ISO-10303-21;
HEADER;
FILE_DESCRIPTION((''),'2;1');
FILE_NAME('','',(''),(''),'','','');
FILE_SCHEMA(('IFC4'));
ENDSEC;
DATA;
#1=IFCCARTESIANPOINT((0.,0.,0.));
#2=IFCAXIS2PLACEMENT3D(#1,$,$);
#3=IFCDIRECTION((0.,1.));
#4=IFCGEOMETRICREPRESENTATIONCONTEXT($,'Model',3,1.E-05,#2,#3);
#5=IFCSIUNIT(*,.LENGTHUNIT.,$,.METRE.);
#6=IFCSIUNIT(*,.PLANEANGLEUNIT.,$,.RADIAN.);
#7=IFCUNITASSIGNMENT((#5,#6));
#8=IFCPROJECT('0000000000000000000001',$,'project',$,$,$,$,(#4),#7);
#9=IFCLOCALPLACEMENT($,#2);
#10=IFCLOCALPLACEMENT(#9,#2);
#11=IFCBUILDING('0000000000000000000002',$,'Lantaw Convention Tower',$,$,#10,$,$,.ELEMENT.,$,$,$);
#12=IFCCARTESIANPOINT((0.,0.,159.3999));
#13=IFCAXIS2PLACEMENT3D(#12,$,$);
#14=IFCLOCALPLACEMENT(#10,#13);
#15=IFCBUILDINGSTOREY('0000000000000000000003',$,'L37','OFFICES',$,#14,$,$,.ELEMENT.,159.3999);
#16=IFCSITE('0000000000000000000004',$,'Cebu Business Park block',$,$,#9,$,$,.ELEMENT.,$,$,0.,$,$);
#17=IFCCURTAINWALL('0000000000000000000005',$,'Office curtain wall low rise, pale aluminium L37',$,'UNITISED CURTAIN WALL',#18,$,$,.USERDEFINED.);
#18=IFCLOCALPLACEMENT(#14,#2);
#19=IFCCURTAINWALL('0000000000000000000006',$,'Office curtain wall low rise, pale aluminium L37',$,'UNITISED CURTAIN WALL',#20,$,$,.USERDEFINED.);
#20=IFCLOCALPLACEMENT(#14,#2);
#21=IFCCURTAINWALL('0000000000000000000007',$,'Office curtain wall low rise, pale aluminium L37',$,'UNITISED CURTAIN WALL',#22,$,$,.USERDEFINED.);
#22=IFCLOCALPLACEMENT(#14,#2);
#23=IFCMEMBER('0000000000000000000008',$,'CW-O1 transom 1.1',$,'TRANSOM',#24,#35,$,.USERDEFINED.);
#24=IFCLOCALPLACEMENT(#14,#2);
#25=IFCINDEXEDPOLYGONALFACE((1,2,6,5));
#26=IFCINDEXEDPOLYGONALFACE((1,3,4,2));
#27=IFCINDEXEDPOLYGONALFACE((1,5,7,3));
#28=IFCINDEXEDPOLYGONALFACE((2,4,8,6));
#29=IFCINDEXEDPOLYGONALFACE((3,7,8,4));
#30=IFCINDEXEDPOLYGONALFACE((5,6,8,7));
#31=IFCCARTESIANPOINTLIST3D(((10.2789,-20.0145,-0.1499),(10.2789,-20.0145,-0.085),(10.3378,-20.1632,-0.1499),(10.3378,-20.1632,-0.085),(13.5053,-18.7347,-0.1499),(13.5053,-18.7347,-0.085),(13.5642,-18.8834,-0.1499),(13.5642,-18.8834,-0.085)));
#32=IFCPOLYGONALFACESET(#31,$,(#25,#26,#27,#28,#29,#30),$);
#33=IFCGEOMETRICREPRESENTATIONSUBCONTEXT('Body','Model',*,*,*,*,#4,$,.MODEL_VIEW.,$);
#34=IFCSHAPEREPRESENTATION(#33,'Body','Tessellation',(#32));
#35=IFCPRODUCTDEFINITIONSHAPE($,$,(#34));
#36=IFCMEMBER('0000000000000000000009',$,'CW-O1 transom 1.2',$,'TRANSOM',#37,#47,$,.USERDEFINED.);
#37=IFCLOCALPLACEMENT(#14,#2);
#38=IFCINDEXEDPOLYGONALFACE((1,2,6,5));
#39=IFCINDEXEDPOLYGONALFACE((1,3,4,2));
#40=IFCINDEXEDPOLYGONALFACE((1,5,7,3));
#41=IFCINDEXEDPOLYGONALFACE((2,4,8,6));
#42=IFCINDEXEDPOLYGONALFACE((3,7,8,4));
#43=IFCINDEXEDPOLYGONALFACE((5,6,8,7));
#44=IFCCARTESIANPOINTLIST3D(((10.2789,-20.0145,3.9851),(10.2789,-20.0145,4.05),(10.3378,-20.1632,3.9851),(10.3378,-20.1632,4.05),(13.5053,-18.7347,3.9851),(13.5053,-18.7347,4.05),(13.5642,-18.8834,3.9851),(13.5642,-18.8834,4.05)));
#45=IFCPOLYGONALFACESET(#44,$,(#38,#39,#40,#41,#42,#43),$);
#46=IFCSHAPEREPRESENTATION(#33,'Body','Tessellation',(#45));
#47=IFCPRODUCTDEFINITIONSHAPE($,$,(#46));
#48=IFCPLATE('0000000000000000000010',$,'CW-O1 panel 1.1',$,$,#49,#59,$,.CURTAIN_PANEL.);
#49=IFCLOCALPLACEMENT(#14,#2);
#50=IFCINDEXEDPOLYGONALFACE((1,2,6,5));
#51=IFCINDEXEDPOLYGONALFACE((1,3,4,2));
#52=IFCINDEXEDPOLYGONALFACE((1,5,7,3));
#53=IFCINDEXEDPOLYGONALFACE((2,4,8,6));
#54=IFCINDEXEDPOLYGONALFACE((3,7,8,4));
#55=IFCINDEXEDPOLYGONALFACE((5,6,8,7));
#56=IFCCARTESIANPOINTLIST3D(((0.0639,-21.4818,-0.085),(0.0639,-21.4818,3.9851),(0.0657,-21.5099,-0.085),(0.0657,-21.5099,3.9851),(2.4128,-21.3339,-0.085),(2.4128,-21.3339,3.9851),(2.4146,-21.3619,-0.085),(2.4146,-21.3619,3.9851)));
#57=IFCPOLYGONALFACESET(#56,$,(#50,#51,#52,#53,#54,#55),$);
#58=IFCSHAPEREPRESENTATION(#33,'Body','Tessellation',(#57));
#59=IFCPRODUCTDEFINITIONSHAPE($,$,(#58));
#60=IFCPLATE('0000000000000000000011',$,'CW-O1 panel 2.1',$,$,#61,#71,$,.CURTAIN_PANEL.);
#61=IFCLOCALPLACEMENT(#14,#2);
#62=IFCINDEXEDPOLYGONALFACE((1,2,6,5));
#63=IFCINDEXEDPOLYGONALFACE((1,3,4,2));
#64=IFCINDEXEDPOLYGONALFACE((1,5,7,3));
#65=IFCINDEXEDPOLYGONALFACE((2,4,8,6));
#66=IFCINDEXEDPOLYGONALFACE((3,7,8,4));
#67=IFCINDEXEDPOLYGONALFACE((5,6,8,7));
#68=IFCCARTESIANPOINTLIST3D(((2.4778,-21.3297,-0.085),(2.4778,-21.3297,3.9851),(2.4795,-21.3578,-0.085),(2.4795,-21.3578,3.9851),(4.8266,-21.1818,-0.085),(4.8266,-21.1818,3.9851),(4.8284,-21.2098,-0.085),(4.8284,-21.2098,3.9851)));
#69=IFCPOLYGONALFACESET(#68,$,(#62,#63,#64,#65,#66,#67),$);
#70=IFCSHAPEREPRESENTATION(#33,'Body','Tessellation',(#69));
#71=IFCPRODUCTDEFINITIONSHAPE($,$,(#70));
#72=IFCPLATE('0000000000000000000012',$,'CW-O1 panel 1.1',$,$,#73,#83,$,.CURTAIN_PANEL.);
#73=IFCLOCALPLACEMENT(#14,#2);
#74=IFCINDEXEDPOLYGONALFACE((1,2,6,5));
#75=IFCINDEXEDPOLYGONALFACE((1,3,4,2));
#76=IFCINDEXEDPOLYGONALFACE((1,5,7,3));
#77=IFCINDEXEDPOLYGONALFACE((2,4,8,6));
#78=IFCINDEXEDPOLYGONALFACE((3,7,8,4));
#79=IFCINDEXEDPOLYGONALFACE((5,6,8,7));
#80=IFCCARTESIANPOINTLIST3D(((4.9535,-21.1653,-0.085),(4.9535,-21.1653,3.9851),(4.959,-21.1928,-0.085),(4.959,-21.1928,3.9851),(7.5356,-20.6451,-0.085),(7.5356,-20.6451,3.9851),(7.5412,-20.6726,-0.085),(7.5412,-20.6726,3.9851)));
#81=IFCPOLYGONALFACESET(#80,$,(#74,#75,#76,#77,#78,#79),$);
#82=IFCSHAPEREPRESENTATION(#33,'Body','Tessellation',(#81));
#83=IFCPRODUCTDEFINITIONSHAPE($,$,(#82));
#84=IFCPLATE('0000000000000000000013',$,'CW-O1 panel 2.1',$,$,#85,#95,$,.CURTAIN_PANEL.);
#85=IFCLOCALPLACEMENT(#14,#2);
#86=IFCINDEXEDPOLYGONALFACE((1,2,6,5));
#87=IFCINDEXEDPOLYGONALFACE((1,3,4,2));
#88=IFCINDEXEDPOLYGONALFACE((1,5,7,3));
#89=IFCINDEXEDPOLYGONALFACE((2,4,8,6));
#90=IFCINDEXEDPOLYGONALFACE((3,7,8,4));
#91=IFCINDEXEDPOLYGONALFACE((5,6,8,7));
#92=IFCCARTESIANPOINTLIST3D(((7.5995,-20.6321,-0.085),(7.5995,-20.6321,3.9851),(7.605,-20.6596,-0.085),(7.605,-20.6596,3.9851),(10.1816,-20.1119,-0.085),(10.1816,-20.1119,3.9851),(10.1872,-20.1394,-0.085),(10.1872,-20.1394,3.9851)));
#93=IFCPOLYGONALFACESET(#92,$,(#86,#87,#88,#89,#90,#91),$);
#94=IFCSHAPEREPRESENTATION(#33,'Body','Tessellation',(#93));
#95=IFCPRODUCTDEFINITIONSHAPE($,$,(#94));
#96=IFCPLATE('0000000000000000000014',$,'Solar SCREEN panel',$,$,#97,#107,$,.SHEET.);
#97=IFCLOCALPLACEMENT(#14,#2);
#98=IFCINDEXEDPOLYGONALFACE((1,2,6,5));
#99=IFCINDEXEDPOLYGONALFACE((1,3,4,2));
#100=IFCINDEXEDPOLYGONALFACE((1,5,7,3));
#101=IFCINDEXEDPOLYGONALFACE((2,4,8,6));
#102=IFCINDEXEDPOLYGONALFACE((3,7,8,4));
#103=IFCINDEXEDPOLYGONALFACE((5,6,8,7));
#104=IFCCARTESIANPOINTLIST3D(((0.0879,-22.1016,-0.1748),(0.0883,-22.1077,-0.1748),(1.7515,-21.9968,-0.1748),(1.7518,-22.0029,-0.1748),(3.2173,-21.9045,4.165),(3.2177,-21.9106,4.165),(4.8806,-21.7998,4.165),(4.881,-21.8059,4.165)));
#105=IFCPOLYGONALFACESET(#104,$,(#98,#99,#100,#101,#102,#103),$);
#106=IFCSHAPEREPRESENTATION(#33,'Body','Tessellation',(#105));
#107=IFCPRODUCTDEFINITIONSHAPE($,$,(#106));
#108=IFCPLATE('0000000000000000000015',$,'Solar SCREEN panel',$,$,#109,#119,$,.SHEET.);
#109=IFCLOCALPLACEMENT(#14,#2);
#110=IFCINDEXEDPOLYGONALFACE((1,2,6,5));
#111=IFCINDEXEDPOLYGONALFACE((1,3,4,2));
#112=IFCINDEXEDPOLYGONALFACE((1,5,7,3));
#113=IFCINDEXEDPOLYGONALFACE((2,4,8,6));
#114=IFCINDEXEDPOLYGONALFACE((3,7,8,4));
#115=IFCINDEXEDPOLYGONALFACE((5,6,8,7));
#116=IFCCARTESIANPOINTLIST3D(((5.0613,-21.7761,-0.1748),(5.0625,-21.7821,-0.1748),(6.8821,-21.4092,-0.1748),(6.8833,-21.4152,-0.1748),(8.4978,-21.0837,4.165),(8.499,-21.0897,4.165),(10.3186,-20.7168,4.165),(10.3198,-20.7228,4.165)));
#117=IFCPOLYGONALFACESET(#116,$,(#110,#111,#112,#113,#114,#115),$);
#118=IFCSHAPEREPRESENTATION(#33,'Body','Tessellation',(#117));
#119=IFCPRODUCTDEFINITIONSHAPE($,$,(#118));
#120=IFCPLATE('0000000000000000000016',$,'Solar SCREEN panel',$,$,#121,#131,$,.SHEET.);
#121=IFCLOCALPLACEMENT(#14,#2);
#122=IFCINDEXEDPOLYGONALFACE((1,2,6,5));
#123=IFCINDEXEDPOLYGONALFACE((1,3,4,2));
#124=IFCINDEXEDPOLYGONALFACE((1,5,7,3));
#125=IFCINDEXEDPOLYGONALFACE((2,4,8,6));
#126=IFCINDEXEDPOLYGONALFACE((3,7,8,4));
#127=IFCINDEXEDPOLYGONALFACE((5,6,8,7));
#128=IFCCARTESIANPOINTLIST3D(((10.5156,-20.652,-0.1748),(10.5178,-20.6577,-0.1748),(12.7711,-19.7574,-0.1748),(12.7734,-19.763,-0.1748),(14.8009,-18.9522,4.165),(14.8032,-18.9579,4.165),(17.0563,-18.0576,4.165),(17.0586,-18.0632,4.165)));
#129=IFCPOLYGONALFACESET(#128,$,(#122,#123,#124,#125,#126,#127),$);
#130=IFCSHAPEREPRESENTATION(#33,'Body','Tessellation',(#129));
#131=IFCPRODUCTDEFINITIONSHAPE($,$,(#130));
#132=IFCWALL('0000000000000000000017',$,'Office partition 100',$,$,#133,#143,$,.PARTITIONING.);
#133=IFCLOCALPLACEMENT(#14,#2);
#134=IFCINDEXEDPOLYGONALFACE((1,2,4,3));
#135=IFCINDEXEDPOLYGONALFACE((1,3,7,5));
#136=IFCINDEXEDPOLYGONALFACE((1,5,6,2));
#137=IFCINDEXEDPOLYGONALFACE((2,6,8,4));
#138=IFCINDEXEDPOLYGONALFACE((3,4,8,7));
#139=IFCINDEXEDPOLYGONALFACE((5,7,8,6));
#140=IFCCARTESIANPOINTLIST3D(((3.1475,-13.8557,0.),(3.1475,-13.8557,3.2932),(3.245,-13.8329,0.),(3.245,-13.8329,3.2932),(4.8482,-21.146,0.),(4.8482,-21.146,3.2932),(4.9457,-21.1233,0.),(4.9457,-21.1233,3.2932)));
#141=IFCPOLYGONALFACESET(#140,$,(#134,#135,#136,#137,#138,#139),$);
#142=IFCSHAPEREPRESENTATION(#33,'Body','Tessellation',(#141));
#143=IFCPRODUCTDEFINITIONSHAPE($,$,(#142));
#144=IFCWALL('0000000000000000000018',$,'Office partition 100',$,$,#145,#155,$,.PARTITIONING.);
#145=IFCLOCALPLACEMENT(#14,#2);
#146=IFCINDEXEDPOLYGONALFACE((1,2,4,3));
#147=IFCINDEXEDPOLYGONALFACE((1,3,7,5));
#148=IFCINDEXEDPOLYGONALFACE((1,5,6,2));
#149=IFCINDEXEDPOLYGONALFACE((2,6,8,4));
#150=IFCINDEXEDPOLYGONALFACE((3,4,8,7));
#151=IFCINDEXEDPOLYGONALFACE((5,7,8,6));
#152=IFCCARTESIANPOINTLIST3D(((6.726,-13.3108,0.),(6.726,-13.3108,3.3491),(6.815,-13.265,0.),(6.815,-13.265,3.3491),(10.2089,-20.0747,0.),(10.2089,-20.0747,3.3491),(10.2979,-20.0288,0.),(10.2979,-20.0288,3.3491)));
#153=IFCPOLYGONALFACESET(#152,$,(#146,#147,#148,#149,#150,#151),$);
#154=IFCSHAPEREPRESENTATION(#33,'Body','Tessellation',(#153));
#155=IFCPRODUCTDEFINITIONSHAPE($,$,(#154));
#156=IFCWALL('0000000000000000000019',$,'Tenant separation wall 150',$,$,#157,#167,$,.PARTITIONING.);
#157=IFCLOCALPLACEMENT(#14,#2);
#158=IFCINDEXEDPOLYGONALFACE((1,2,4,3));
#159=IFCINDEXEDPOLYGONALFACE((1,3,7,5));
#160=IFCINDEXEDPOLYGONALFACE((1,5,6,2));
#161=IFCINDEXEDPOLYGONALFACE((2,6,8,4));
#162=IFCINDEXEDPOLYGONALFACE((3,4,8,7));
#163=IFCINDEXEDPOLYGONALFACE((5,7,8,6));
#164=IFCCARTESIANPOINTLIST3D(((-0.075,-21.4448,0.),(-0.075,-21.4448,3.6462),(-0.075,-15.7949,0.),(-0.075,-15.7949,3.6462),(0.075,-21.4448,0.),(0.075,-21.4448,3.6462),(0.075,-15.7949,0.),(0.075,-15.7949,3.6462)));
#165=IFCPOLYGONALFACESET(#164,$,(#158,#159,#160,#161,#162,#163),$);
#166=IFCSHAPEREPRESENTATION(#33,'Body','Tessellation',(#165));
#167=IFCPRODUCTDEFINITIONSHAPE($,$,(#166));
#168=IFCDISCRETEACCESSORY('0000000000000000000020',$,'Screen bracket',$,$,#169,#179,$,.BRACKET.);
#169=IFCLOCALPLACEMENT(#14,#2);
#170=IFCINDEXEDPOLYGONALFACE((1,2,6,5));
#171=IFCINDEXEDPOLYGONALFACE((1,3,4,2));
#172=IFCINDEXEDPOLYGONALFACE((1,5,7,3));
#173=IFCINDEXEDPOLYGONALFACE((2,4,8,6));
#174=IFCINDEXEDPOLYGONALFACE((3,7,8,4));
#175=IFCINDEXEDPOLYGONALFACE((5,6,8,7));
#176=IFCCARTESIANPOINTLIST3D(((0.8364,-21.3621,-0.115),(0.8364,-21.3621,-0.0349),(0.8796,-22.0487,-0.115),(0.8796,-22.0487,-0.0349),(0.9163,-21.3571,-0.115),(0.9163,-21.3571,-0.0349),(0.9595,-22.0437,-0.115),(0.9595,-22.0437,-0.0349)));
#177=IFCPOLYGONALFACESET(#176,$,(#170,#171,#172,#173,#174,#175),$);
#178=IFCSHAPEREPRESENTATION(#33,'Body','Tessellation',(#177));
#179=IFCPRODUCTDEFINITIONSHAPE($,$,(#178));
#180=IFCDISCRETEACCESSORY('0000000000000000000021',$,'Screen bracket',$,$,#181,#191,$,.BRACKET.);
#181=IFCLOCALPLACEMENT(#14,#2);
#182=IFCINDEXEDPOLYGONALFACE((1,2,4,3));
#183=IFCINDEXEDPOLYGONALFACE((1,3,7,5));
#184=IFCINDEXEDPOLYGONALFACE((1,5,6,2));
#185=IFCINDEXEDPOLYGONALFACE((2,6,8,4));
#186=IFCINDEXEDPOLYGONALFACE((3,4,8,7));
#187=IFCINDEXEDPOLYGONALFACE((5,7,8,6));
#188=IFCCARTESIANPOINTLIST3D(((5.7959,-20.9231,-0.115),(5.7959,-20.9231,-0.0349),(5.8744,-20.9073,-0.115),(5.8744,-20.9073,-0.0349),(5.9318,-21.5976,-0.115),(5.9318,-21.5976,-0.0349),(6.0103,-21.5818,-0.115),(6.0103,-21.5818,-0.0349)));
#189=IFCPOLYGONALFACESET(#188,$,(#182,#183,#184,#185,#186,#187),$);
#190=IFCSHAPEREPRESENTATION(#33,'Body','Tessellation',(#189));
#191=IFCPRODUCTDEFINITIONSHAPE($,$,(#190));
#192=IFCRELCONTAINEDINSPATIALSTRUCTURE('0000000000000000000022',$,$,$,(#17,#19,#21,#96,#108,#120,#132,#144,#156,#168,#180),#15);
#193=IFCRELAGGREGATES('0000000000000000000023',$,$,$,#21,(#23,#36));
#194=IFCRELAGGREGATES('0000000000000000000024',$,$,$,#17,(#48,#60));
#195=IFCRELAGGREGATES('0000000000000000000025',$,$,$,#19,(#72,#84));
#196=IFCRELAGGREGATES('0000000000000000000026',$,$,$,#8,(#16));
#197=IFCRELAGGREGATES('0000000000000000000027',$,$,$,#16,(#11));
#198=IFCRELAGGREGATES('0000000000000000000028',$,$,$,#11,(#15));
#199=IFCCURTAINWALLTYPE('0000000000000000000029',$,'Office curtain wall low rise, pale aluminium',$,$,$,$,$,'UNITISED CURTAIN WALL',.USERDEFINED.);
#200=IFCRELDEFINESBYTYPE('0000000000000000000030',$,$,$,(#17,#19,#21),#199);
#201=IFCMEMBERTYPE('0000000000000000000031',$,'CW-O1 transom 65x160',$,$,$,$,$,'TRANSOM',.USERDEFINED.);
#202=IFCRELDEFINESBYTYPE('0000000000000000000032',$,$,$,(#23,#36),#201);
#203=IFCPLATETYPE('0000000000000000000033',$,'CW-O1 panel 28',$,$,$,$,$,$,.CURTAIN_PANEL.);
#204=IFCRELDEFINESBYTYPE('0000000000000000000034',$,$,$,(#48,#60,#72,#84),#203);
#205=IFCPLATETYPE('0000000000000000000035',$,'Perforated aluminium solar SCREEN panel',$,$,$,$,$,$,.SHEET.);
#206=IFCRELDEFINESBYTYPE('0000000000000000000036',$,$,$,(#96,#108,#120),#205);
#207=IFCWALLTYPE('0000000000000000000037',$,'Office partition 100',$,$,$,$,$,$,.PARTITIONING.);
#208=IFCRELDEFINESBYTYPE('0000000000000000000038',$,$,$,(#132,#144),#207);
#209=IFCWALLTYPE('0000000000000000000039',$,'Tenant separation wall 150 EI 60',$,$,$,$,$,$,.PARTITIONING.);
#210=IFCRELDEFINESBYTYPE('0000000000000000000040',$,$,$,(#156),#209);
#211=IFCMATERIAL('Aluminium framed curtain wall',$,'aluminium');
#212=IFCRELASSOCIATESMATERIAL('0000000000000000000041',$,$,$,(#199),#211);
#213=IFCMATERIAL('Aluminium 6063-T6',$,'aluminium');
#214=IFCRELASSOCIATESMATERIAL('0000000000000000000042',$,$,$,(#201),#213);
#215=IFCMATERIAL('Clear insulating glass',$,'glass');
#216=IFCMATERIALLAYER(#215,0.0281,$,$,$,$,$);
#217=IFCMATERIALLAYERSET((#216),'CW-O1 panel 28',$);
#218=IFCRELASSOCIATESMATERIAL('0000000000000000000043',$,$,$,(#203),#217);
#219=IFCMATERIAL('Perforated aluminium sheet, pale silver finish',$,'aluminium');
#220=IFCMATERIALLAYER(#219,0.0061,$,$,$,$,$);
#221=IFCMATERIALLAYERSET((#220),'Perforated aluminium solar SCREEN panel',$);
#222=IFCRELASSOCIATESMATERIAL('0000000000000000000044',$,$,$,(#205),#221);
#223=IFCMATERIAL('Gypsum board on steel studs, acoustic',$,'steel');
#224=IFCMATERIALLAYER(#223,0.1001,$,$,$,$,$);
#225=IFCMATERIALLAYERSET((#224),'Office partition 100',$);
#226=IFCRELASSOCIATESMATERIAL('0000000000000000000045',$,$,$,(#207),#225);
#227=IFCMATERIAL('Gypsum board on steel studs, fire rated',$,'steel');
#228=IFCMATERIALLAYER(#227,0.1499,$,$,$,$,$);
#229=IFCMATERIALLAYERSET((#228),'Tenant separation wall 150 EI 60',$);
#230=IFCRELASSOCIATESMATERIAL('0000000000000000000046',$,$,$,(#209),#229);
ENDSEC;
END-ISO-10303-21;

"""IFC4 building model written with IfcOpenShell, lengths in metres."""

from ifc_helpers import new_model, si_unit, direction, frame, frame_2d, origin, origin_2d, place, context, subcontext, project, spatial, polyline, rectangle, outline, extrude, material, layer, layer_set, material_profile, profile_set, type_object, element, aggregate, save


model = new_model("IFC4")

# Units and contexts
model_context = context("Model", 3, precision=1e-05, world=origin(), true_north=direction((0.0, 1.0)))
body_context = subcontext(model_context, "Body", "Model", "MODEL_VIEW")
ifc_project = project(units=[si_unit("LENGTHUNIT", "METRE"), si_unit("PLANEANGLEUNIT", "RADIAN")], contexts=[model_context])

# Site, building, storey
site_placement = place(None, origin())
site = spatial("IfcSite", under=ifc_project, at=site_placement, Name="Cebu Business Park block", CompositionType="ELEMENT", RefElevation=0.0)
building_placement = place(site_placement, origin())
building = spatial("IfcBuilding", under=site, at=building_placement, Name="Lantaw Convention Tower", CompositionType="ELEMENT")
storey_placement = place(building_placement, frame((0.0, 0.0, 159.3999)))
storey = spatial("IfcBuildingStorey", under=building, at=storey_placement, Name="L37", Description="OFFICES", CompositionType="ELEMENT", Elevation=159.3999)

# Curtain walls
ifc_material_1 = material(Name="Aluminium framed curtain wall", Category="aluminium")
curtain_wall_type = type_object("IfcCurtainWallType", Name="Office curtain wall low rise, pale aluminium", ElementType="UNITISED CURTAIN WALL", PredefinedType="USERDEFINED", material=ifc_material_1)
curtain_wall_1_placement = place(storey_placement, origin())
curtain_wall_1 = element("IfcCurtainWall", 1, at=curtain_wall_1_placement, inside=storey, type_object=curtain_wall_type, Name="Office curtain wall low rise, pale aluminium L37", ObjectType="UNITISED CURTAIN WALL", PredefinedType="USERDEFINED")
ifc_material_2 = material(Name="Aluminium 6063-T6", Category="aluminium")
curtain_wall_2_placement = place(storey_placement, origin())
curtain_wall_2 = element("IfcCurtainWall", 2, at=curtain_wall_2_placement, inside=storey, type_object=curtain_wall_type, Name="Office curtain wall low rise, pale aluminium L37", ObjectType="UNITISED CURTAIN WALL", PredefinedType="USERDEFINED")

# Curtain wall
curtain_wall_3_placement = place(storey_placement, origin())
curtain_wall_3 = element("IfcCurtainWall", 3, at=curtain_wall_3_placement, inside=storey, type_object=curtain_wall_type, Name="Office curtain wall low rise, pale aluminium L37", ObjectType="UNITISED CURTAIN WALL", PredefinedType="USERDEFINED")

# Members
ifc_material_profile_1 = material_profile(ifc_material_2, rectangle(XDim=0.1599, YDim=0.0649, at=origin_2d()), Name="CW-O1 transom 65x160")
ifc_profile_set_1 = profile_set([ifc_material_profile_1], Name="Aluminium 6063-T6")
member_type_1 = type_object("IfcMemberType", Name="CW-O1 transom 65x160", ElementType="TRANSOM", PredefinedType="USERDEFINED", material=ifc_profile_set_1)
member_1_placement = place(storey_placement, frame((10.3083, -20.0889, -0.1174), z_axis=(0.92954, 0.368721, 0.0), x_axis=(-0.368721, 0.92954, 0.0)))
member_1 = element("IfcMember", 4, at=member_1_placement, type_object=member_type_1, Name="CW-O1 transom 1.1", ObjectType="TRANSOM", PredefinedType="USERDEFINED", context=body_context, shape_type="SweptSolid", body=[
    extrude(rectangle(XDim=0.1599, YDim=0.0649, at=origin_2d()), origin(), (0.0, 0.0, 1.0), 3.4709),
])
member_2_placement = place(storey_placement, frame((10.3083, -20.0889, 4.0176), z_axis=(0.92954, 0.368721, 0.0), x_axis=(-0.368721, 0.92954, 0.0)))
member_2 = element("IfcMember", 5, at=member_2_placement, type_object=member_type_1, Name="CW-O1 transom 1.2", ObjectType="TRANSOM", PredefinedType="USERDEFINED", context=body_context, shape_type="SweptSolid", body=[
    extrude(rectangle(XDim=0.1599, YDim=0.0649, at=origin_2d()), origin(), (0.0, 0.0, 1.0), 3.4709),
])
aggregate(curtain_wall_3, [member_1, member_2])

# Plates
ifc_material_3 = material(Name="Clear insulating glass", Category="glass")
ifc_layer_1 = layer(ifc_material_3, 0.0281)
ifc_layer_set_1 = layer_set([ifc_layer_1], Name="CW-O1 panel 28")
plate_type_1 = type_object("IfcPlateType", Name="CW-O1 panel 28", PredefinedType="CURTAIN_PANEL", material=ifc_layer_set_1)
plate_1_placement = place(storey_placement, frame((1.2393, -21.4219, -0.085), z_axis=(0.0, 0.0, 1.0), x_axis=(0.998022, 0.062865, 0.0)))
plate_1 = element("IfcPlate", 6, at=plate_1_placement, type_object=plate_type_1, Name="CW-O1 panel 1.1", PredefinedType="CURTAIN_PANEL", context=body_context, shape_type="SweptSolid", body=[
    extrude(rectangle(XDim=2.3535, YDim=0.0281, at=origin_2d()), origin(), (0.0, 0.0, 1.0), 4.0701),
])
plate_2_placement = place(storey_placement, frame((3.6531, -21.2698, -0.085), z_axis=(0.0, 0.0, 1.0), x_axis=(0.998022, 0.062865, 0.0)))
plate_2 = element("IfcPlate", 7, at=plate_2_placement, type_object=plate_type_1, Name="CW-O1 panel 2.1", PredefinedType="CURTAIN_PANEL", context=body_context, shape_type="SweptSolid", body=[
    extrude(rectangle(XDim=2.3535, YDim=0.0281, at=origin_2d()), origin(), (0.0, 0.0, 1.0), 4.0701),
])
aggregate(curtain_wall_1, [plate_1, plate_2])
plate_3_placement = place(storey_placement, frame((6.2473, -20.9189, -0.085), z_axis=(0.0, 0.0, 1.0), x_axis=(0.980302, 0.197507, 0.0)))
plate_3 = element("IfcPlate", 8, at=plate_3_placement, type_object=plate_type_1, Name="CW-O1 panel 1.1", PredefinedType="CURTAIN_PANEL", context=body_context, shape_type="SweptSolid", body=[
    extrude(rectangle(XDim=2.634, YDim=0.0281, at=origin_2d()), origin(), (0.0, 0.0, 1.0), 4.0701),
])
plate_4_placement = place(storey_placement, frame((8.8933, -20.3857, -0.085), z_axis=(0.0, 0.0, 1.0), x_axis=(0.980302, 0.197507, 0.0)))
plate_4 = element("IfcPlate", 9, at=plate_4_placement, type_object=plate_type_1, Name="CW-O1 panel 2.1", PredefinedType="CURTAIN_PANEL", context=body_context, shape_type="SweptSolid", body=[
    extrude(rectangle(XDim=2.634, YDim=0.0281, at=origin_2d()), origin(), (0.0, 0.0, 1.0), 4.0701),
])
aggregate(curtain_wall_2, [plate_3, plate_4])

# Plates
ifc_material_4 = material(Name="Perforated aluminium sheet, pale silver finish", Category="aluminium")
ifc_layer_2 = layer(ifc_material_4, 0.0061)
ifc_layer_set_2 = layer_set([ifc_layer_2], Name="Perforated aluminium solar SCREEN panel")
plate_type_2 = type_object("IfcPlateType", Name="Perforated aluminium solar SCREEN panel", PredefinedType="SHEET", material=ifc_layer_set_2)
plate_5_placement = place(storey_placement, frame((0.0879, -22.1016, -0.1748), z_axis=(-0.062839, 0.998024, 0.000002), x_axis=(0.998024, 0.062839, 0.0)))
element("IfcPlate", 10, at=plate_5_placement, inside=storey, type_object=plate_type_2, Name="Solar SCREEN panel", PredefinedType="SHEET", context=body_context, shape_type="SweptSolid", body=[
    extrude(outline(polyline([(0.0, 0.0), (1.6669, 0.0), (4.8022, -4.3398), (3.1356, -4.3398), (0.0, 0.0)])), origin(), (0.0, 0.0, -1.0), 0.0061),
])
plate_6_placement = place(storey_placement, frame((5.0613, -21.7761, -0.1748), z_axis=(-0.197557, 0.980291, 0.000039), x_axis=(0.980291, 0.197557, 0.0)))
element("IfcPlate", 11, at=plate_6_placement, inside=storey, type_object=plate_type_2, Name="Solar SCREEN panel", PredefinedType="SHEET", context=body_context, shape_type="SweptSolid", body=[
    extrude(outline(polyline([(0.0, 0.0), (1.8574, 0.0), (5.363, -4.3398), (3.5056, -4.3398), (0.0, 0.0)])), origin(), (0.0, 0.0, -1.0), 0.0061),
])
plate_7_placement = place(storey_placement, frame((10.5178, -20.6577, -0.1748), z_axis=(0.368709, -0.929545, 0.000011), x_axis=(0.929545, 0.368709, 0.0)))
element("IfcPlate", 12, at=plate_7_placement, inside=storey, type_object=plate_type_2, Name="Solar SCREEN panel", PredefinedType="SHEET", context=body_context, shape_type="SweptSolid", body=[
    extrude(outline(polyline([(0.0, 0.0), (2.4265, 0.0), (7.0365, 4.3398), (4.6102, 4.3398), (0.0, 0.0)])), origin(), (0.0, 0.0, -1.0), 0.0061),
])

# Walls
ifc_material_5 = material(Name="Gypsum board on steel studs, acoustic", Category="steel")
ifc_layer_3 = layer(ifc_material_5, 0.1001)
ifc_layer_set_3 = layer_set([ifc_layer_3], Name="Office partition 100")
wall_type_1 = type_object("IfcWallType", Name="Office partition 100", PredefinedType="PARTITIONING", material=ifc_layer_set_3)
wall_1_placement = place(storey_placement, frame((4.897, -21.1348, 0.0), z_axis=(0.0, 0.0, 1.0), x_axis=(-0.227181, 0.973853, 0.0)))
element("IfcWall", 13, at=wall_1_placement, inside=storey, type_object=wall_type_1, Name="Office partition 100", PredefinedType="PARTITIONING", context=body_context, shape_type="SweptSolid", body=[
    extrude(rectangle(XDim=7.4861, YDim=0.1001, at=frame_2d((3.7432, 0.0))), origin(), (0.0, 0.0, 1.0), 3.2932),
])
wall_2_placement = place(storey_placement, frame((10.2534, -20.0518, 0.0), z_axis=(0.0, 0.0, 1.0), x_axis=(-0.457798, 0.889056, 0.0)))
element("IfcWall", 14, at=wall_2_placement, inside=storey, type_object=wall_type_1, Name="Office partition 100", PredefinedType="PARTITIONING", context=body_context, shape_type="SweptSolid", body=[
    extrude(rectangle(XDim=7.6079, YDim=0.1001, at=frame_2d((3.804, 0.0))), origin(), (0.0, 0.0, 1.0), 3.3491),
])
ifc_material_6 = material(Name="Gypsum board on steel studs, fire rated", Category="steel")
ifc_layer_4 = layer(ifc_material_6, 0.1499)
ifc_layer_set_4 = layer_set([ifc_layer_4], Name="Tenant separation wall 150 EI 60")
wall_type_2 = type_object("IfcWallType", Name="Tenant separation wall 150 EI 60", PredefinedType="PARTITIONING", material=ifc_layer_set_4)
wall_3_placement = place(storey_placement, frame((0.0, -21.4448, 0.0), z_axis=(0.0, 0.0, 1.0), x_axis=(0.0, 1.0, 0.0)))
element("IfcWall", 15, at=wall_3_placement, inside=storey, type_object=wall_type_2, Name="Tenant separation wall 150", PredefinedType="PARTITIONING", context=body_context, shape_type="SweptSolid", body=[
    extrude(rectangle(XDim=5.6499, YDim=0.1499, at=frame_2d((2.825, 0.0))), origin(), (0.0, 0.0, 1.0), 3.6462),
])

# Discrete accessories
for number, where, z_axis, x_axis, name in (
    (16, (0.8979, -21.7029, -0.115), (0.0, 0.0, 1.0), (0.998022, 0.062865, 0.0), "Screen bracket"),
    (17, (5.9031, -21.2524, -0.115), (0.0, 0.0, 1.0), (0.980302, 0.197507, 0.0), "Screen bracket"),
):
    element("IfcDiscreteAccessory", number, at=place(storey_placement, frame(where, z_axis=z_axis, x_axis=x_axis)), inside=storey, Name=name, PredefinedType="BRACKET", context=body_context, shape_type="SweptSolid", body=[
        extrude(rectangle(XDim=0.0801, YDim=0.688, at=origin_2d()), origin(), (0.0, 0.0, 1.0), 0.0801),
    ])

save(model, "model.ifc")
